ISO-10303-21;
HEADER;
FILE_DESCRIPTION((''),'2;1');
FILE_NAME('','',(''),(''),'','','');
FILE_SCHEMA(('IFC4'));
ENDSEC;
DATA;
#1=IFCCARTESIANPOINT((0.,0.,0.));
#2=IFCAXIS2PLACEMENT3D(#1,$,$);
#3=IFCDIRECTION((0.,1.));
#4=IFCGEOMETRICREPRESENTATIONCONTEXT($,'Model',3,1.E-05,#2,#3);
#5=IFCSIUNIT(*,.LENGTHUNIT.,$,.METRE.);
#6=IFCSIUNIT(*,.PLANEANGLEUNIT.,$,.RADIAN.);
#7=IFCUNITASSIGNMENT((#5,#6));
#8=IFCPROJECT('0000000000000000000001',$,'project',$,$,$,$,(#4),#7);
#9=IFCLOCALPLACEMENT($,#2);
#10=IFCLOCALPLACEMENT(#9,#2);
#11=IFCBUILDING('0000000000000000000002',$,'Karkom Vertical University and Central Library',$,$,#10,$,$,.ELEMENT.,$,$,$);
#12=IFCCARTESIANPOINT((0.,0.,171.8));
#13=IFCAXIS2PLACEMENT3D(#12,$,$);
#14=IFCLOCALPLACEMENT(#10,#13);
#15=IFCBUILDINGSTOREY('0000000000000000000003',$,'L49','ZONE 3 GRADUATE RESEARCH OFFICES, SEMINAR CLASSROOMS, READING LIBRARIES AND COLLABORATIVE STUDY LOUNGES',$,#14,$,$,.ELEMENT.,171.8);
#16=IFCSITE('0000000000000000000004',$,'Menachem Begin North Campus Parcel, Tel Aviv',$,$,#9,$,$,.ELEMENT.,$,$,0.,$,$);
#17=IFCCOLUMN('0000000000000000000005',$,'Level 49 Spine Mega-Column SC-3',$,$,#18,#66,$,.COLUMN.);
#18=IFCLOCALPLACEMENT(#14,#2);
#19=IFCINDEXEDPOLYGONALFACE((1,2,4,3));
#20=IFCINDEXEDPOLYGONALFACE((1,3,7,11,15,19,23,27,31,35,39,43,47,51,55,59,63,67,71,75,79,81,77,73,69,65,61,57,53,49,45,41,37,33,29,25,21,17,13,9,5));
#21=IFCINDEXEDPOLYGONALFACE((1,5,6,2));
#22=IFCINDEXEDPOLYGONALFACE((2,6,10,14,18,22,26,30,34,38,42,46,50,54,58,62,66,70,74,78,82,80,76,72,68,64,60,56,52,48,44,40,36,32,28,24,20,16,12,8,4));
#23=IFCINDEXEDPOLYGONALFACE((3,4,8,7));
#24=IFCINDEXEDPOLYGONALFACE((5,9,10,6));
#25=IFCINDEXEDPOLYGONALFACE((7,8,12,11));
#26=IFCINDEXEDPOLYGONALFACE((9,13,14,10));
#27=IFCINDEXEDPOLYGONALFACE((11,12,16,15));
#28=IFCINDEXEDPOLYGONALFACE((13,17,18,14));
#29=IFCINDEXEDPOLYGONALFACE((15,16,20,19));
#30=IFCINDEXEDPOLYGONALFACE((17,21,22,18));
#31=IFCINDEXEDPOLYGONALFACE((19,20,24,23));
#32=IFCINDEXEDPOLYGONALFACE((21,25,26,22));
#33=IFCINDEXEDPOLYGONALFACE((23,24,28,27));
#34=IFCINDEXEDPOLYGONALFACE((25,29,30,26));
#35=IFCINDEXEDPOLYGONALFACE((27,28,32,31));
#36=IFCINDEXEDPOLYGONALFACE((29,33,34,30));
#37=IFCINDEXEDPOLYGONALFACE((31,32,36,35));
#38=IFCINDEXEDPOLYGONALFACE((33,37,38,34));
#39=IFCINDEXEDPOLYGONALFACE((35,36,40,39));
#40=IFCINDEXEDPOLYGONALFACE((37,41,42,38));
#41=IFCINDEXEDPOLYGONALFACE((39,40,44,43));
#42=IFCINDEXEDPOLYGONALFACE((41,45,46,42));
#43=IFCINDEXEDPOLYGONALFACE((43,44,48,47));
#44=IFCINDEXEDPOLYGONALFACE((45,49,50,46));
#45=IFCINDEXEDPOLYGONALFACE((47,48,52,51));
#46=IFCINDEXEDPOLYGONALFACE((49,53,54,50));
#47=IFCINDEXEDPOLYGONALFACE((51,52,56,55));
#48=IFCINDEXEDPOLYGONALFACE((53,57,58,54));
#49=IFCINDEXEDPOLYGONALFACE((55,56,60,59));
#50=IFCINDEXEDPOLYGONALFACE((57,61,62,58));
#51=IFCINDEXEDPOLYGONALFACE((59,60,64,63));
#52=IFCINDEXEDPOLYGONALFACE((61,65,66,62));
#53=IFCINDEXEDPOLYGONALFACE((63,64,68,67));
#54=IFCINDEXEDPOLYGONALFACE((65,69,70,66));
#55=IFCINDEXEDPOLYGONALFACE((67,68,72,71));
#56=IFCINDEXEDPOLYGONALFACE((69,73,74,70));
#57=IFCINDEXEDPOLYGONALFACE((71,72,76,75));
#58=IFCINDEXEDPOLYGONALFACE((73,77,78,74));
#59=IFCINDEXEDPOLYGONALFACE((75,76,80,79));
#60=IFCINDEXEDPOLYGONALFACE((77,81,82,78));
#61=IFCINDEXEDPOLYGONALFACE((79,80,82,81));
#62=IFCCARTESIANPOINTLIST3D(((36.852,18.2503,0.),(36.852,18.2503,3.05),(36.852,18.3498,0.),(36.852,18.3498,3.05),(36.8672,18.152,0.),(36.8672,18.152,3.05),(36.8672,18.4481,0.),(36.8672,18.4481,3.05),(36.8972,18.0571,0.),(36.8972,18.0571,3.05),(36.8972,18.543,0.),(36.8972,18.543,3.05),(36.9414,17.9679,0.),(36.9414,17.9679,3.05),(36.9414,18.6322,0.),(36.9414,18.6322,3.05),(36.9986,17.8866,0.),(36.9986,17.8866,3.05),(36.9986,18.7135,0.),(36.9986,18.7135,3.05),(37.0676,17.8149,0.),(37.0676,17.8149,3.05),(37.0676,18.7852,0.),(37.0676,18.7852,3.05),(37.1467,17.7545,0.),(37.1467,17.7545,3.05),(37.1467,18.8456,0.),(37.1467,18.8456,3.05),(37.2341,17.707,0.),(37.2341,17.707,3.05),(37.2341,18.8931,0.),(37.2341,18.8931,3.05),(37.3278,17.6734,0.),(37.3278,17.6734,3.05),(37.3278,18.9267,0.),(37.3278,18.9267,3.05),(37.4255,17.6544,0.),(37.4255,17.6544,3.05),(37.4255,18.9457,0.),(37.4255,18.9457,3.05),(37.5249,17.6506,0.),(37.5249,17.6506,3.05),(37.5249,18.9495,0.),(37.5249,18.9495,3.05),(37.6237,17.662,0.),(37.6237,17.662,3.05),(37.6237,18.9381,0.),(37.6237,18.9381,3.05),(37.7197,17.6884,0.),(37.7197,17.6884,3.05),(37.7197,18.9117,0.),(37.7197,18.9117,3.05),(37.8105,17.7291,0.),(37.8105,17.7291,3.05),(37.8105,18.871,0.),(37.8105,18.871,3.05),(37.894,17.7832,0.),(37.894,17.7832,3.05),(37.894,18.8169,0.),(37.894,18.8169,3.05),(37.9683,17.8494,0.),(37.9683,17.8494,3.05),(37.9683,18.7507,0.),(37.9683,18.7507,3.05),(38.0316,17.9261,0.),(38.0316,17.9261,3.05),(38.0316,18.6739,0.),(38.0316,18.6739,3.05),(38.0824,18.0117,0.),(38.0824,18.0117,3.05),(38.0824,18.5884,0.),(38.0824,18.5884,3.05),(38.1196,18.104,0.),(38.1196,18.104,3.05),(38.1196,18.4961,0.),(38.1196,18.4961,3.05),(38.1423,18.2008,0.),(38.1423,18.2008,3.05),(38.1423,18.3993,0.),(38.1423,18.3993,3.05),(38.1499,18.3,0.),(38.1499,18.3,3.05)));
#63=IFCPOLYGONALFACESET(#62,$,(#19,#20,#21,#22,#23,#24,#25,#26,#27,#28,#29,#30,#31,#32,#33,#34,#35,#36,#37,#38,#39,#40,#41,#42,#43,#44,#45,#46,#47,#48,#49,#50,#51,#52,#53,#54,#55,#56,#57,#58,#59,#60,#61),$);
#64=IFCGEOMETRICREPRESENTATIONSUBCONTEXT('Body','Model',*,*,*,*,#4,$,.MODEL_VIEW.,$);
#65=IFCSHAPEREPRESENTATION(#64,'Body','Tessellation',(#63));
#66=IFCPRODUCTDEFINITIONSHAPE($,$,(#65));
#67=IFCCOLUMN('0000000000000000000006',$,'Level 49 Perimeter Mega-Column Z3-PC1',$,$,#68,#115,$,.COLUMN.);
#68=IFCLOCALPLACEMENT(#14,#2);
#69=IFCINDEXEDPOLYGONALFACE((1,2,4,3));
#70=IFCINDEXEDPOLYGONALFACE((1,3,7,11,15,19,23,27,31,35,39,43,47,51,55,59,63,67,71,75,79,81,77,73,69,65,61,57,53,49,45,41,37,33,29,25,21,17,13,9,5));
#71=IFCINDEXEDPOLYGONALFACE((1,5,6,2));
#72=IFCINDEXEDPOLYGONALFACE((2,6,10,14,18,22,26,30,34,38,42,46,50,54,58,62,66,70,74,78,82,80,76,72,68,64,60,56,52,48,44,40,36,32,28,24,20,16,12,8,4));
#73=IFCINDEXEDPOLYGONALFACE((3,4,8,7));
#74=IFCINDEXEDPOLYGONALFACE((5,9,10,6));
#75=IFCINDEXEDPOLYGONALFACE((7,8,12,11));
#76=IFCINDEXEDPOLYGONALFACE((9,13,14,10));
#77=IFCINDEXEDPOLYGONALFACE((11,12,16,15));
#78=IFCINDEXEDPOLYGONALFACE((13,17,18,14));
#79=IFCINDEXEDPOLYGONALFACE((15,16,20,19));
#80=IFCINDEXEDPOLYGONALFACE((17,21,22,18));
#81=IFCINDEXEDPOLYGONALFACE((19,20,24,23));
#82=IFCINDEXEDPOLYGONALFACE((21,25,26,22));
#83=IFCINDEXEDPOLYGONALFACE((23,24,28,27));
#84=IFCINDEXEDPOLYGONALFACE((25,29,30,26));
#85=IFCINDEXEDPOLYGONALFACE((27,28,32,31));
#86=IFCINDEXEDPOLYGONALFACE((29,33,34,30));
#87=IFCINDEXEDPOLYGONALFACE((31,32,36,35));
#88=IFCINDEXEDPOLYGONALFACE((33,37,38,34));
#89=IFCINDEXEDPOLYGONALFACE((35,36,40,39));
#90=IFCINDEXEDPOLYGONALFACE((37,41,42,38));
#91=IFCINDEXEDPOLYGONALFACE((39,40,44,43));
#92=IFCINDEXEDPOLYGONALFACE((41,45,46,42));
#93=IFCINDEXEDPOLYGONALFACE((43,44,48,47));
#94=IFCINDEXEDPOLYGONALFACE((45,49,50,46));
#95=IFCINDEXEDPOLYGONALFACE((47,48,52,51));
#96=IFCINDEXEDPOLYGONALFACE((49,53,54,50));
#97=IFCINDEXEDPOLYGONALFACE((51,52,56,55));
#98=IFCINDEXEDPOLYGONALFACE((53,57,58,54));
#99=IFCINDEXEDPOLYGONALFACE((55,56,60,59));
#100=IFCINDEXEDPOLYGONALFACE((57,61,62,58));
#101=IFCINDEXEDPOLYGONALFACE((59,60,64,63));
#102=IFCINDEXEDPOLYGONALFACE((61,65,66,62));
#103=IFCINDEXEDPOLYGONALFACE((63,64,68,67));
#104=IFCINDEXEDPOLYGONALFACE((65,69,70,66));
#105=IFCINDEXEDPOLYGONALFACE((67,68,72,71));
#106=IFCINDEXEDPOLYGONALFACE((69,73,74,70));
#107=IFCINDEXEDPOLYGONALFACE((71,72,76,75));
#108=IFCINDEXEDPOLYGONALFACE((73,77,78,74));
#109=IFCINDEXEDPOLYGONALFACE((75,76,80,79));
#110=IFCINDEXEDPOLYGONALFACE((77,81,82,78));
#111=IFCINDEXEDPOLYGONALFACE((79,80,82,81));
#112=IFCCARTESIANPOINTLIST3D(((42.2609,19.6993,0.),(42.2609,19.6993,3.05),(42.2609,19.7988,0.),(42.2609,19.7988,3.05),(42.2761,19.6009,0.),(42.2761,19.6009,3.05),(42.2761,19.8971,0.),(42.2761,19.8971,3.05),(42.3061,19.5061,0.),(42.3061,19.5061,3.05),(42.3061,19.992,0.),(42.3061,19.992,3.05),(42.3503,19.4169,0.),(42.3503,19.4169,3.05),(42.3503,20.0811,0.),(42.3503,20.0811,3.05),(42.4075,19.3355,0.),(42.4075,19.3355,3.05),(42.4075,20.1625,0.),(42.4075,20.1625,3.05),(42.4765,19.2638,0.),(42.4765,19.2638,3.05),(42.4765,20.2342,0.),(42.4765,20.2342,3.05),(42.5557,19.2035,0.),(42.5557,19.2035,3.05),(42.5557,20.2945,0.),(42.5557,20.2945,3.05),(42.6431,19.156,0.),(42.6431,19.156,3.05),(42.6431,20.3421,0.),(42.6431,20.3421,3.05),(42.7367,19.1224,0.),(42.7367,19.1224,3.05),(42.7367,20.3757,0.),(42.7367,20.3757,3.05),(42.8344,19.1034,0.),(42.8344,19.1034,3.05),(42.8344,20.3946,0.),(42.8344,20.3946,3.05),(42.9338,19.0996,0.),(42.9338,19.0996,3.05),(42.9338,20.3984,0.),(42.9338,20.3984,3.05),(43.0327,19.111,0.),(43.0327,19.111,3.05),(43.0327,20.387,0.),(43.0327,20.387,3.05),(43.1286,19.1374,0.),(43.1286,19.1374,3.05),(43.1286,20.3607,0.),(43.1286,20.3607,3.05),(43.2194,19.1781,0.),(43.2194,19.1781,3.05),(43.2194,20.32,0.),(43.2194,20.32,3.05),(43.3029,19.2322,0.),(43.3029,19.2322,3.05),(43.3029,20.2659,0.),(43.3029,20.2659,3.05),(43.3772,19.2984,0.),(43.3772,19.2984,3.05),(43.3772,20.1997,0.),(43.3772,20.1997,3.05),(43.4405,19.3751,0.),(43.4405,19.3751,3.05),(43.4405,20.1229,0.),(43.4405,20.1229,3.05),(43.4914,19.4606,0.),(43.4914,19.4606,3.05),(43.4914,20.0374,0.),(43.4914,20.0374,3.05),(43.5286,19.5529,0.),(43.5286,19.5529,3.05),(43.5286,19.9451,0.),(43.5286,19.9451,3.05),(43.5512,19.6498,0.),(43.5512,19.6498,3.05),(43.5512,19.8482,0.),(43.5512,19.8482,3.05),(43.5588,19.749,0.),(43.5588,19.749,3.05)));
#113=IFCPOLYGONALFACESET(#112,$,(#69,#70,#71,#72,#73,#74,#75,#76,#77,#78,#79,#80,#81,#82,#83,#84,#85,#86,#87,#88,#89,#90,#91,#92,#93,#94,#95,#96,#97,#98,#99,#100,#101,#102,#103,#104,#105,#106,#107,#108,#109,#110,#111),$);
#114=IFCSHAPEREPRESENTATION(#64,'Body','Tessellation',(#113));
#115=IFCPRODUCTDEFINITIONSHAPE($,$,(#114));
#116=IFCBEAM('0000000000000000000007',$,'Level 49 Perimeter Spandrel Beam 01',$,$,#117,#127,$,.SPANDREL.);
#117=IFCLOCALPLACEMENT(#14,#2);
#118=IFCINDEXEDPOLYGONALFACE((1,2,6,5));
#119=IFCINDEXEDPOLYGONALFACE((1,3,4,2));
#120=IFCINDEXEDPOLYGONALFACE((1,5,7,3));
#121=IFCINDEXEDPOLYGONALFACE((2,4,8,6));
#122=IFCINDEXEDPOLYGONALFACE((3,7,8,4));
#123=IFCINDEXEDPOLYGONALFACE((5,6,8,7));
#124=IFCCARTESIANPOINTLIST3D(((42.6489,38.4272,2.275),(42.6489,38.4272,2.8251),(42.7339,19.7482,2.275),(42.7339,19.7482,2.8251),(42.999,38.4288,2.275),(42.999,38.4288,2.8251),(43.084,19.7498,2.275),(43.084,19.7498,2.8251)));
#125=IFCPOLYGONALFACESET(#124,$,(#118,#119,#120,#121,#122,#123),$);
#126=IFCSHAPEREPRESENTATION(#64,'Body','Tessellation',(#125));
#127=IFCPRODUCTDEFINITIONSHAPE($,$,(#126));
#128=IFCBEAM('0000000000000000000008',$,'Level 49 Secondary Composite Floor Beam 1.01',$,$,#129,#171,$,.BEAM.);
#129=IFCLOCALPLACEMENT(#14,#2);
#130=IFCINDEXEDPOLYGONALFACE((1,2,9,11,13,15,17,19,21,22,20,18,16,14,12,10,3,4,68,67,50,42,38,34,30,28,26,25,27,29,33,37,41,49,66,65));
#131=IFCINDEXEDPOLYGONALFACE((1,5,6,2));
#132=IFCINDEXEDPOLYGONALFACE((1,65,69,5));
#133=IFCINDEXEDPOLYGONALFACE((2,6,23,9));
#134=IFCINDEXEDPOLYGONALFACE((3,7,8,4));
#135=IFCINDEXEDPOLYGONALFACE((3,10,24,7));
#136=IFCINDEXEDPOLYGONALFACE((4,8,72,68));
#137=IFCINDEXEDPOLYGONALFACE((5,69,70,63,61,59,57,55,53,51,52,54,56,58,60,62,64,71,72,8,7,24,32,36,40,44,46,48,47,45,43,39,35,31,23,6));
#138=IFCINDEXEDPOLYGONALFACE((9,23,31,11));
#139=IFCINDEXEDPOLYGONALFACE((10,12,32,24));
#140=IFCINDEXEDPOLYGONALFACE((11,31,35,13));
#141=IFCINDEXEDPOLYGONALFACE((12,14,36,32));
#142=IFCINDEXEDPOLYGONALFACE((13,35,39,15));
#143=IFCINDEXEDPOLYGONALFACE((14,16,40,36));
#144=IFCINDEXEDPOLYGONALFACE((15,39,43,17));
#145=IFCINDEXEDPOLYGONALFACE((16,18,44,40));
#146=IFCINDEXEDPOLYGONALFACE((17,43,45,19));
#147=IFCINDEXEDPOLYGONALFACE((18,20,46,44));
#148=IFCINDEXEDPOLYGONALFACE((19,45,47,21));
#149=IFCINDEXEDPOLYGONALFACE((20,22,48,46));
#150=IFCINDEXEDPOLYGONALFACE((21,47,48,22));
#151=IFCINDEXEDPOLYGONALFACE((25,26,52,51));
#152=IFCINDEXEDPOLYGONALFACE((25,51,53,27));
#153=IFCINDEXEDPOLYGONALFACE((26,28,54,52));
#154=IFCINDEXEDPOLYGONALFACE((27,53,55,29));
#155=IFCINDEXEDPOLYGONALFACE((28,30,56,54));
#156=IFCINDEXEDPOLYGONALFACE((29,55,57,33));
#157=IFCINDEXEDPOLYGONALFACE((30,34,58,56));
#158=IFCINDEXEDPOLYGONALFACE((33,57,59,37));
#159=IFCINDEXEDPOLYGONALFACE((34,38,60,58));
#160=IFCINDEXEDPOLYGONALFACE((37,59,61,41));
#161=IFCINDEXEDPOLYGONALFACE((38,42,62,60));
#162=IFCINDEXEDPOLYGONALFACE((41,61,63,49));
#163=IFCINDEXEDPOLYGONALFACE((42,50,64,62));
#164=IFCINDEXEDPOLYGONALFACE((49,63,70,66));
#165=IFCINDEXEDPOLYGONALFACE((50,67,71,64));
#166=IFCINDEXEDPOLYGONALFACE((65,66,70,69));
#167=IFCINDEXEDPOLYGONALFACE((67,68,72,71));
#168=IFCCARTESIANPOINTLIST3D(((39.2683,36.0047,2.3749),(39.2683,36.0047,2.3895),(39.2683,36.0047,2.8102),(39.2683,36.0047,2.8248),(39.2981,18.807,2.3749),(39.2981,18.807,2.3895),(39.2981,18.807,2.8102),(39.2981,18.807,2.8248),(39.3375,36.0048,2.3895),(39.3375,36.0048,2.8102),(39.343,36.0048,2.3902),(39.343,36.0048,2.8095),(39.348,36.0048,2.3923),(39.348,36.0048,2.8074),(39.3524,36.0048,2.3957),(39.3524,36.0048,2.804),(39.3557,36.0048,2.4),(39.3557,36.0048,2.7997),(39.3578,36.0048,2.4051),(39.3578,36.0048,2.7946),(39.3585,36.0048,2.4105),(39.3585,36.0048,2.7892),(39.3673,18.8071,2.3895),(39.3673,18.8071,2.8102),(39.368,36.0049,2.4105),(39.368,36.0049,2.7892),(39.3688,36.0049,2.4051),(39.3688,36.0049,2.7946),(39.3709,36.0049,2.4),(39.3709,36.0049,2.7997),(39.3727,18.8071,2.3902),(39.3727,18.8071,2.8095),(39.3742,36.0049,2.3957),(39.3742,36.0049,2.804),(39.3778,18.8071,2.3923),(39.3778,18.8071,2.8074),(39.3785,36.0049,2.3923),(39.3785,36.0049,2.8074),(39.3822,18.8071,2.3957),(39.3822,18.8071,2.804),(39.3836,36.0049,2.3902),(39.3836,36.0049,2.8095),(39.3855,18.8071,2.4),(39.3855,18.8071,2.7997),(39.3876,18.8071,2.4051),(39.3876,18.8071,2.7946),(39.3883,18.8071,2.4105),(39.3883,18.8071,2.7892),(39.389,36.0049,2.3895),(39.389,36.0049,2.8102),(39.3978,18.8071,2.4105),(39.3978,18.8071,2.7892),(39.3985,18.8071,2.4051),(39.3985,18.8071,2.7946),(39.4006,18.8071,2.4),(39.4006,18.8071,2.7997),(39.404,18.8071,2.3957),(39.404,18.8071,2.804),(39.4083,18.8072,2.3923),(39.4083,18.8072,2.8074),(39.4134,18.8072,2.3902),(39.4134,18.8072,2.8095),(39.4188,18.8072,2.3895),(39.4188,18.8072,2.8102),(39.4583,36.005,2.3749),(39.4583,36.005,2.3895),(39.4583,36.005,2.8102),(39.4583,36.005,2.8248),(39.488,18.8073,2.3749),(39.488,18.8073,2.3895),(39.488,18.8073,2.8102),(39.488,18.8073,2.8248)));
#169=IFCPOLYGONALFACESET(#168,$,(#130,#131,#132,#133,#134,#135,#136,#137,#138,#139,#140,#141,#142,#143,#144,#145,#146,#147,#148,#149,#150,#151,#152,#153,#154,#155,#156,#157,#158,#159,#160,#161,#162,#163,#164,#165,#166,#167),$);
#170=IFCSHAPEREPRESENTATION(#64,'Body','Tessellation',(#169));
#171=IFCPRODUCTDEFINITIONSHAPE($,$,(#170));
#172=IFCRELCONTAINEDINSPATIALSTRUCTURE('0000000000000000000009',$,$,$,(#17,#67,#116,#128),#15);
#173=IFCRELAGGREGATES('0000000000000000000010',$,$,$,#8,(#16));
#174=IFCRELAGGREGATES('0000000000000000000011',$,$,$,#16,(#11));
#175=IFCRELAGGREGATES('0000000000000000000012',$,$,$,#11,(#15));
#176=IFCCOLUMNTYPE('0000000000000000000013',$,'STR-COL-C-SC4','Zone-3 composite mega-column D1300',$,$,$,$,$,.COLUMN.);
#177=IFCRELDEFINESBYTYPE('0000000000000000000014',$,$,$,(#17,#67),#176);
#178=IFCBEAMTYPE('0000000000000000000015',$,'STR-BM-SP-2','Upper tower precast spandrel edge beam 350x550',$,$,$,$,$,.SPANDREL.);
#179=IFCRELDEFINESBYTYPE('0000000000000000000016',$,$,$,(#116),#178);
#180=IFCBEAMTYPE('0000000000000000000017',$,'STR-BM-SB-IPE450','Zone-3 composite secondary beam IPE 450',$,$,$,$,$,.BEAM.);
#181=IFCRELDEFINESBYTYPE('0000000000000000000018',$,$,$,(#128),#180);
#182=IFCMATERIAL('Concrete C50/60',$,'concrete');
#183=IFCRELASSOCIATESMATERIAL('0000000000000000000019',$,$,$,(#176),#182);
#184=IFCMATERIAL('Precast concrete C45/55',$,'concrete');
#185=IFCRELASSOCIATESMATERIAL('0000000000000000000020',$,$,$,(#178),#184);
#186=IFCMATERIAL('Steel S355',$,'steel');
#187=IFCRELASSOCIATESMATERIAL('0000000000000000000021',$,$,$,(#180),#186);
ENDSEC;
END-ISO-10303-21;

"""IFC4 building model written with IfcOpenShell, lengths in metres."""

from ifc_helpers import new_model, si_unit, direction, frame, origin, origin_with_axes, origin_2d, place, context, subcontext, project, spatial, rectangle, circle, i_section, extrude, source, transform, mapped, material, material_profile, profile_set, type_object, element, save


model = new_model("IFC4")

# Units and contexts
model_context = context("Model", 3, precision=1e-05, world=origin(), true_north=direction((0.0, 1.0)))
body_context = subcontext(model_context, "Body", "Model", "MODEL_VIEW")
ifc_project = project(units=[si_unit("LENGTHUNIT", "METRE"), si_unit("PLANEANGLEUNIT", "RADIAN")], contexts=[model_context])

# Site, building, storey
site_placement = place(None, origin())
site = spatial("IfcSite", under=ifc_project, at=site_placement, Name="Menachem Begin North Campus Parcel, Tel Aviv", CompositionType="ELEMENT", RefElevation=0.0)
building_placement = place(site_placement, origin())
building = spatial("IfcBuilding", under=site, at=building_placement, Name="Karkom Vertical University and Central Library", CompositionType="ELEMENT")
storey_placement = place(building_placement, frame((0.0, 0.0, 171.8)))
storey = spatial("IfcBuildingStorey", under=building, at=storey_placement, Name="L49", Description="ZONE 3 GRADUATE RESEARCH OFFICES, SEMINAR CLASSROOMS, READING LIBRARIES AND COLLABORATIVE STUDY LOUNGES", CompositionType="ELEMENT", Elevation=171.8)

# Columns
ifc_material_1 = material(Name="Concrete C50/60", Category="concrete")
ifc_material_profile_1 = material_profile(ifc_material_1, circle(Radius=0.6499, at=origin_2d()), Name="CFT-D1300")
ifc_profile_set_1 = profile_set([ifc_material_profile_1], Name="Concrete C50/60")
column_type = type_object("IfcColumnType", Name="STR-COL-C-SC4", Description="Zone-3 composite mega-column D1300", PredefinedType="COLUMN", material=ifc_profile_set_1)
shared_shape_1 = source(origin_with_axes(), body_context, "Body", "SweptSolid", [
    extrude(circle(Radius=0.6499, at=origin_2d()), origin(), (0.0, 0.0, 1.0), 3.05),
])
for number, where, z_axis, x_axis, name in (
    (1, (37.5, 18.3, 0.0), (0.0, 0.0, 1.0), (1.0, 0.0, 0.0), "Level 49 Spine Mega-Column SC-3"),
    (2, (42.9089, 19.749, 0.0), (0.0, 0.0, 1.0), (1.0, 0.0, 0.0), "Level 49 Perimeter Mega-Column Z3-PC1"),
):
    element("IfcColumn", number, at=place(storey_placement, frame(where, z_axis=z_axis, x_axis=x_axis)), inside=storey, type_object=column_type, Name=name, PredefinedType="COLUMN", context=body_context, shape_type="MappedRepresentation", body=[
        mapped(shared_shape_1, transform((0.0, 0.0, 0.0), scale=1.0)),
    ])

# Beams
ifc_material_2 = material(Name="Precast concrete C45/55", Category="concrete")
ifc_material_profile_2 = material_profile(ifc_material_2, rectangle(XDim=0.3501, YDim=0.55, at=origin_2d()), Name="SPB-350x550")
ifc_profile_set_2 = profile_set([ifc_material_profile_2], Name="Precast concrete C45/55")
beam_type_1 = type_object("IfcBeamType", Name="STR-BM-SP-2", Description="Upper tower precast spandrel edge beam 350x550", PredefinedType="SPANDREL", material=ifc_profile_set_2)
shared_shape_2 = source(origin_with_axes(), body_context, "Body", "SweptSolid", [
    extrude(rectangle(XDim=0.3501, YDim=0.55, at=origin_2d()), origin(), (0.0, 0.0, 1.0), 18.6792),
])
beam_1_placement = place(storey_placement, frame((42.9089, 19.749, 2.55), z_axis=(-0.004548, 0.99999, 0.0), x_axis=(-0.99999, -0.004548, 0.0)))
element("IfcBeam", 3, at=beam_1_placement, inside=storey, type_object=beam_type_1, Name="Level 49 Perimeter Spandrel Beam 01", PredefinedType="SPANDREL", context=body_context, shape_type="MappedRepresentation", body=[
    mapped(shared_shape_2, transform((0.0, 0.0, 0.0), scale=1.0)),
])
ifc_material_3 = material(Name="Steel S355", Category="steel")
ifc_material_profile_3 = material_profile(ifc_material_3, i_section(OverallWidth=0.1899, OverallDepth=0.45, WebThickness=0.0095, FlangeThickness=0.0146, FilletRadius=0.021, at=origin_2d()), Name="IPE 450")
ifc_profile_set_3 = profile_set([ifc_material_profile_3], Name="Steel S355")
beam_type_2 = type_object("IfcBeamType", Name="STR-BM-SB-IPE450", Description="Zone-3 composite secondary beam IPE 450", PredefinedType="BEAM", material=ifc_profile_set_3)
shared_shape_3 = source(origin_with_axes(), body_context, "Body", "SweptSolid", [
    extrude(i_section(OverallWidth=0.1899, OverallDepth=0.45, WebThickness=0.0095, FlangeThickness=0.0146, FilletRadius=0.021, at=origin_2d()), origin(), (0.0, 0.0, 1.0), 17.1978),
])
beam_2_placement = place(storey_placement, frame((39.3931, 18.8071, 2.5999), z_axis=(-0.001732, 0.999999, 0.0), x_axis=(-0.999999, -0.001732, 0.0)))
element("IfcBeam", 4, at=beam_2_placement, inside=storey, type_object=beam_type_2, Name="Level 49 Secondary Composite Floor Beam 1.01", PredefinedType="BEAM", context=body_context, shape_type="MappedRepresentation", body=[
    mapped(shared_shape_3, transform((0.0, 0.0, 0.0), scale=1.0)),
])

save(model, "model.ifc")
